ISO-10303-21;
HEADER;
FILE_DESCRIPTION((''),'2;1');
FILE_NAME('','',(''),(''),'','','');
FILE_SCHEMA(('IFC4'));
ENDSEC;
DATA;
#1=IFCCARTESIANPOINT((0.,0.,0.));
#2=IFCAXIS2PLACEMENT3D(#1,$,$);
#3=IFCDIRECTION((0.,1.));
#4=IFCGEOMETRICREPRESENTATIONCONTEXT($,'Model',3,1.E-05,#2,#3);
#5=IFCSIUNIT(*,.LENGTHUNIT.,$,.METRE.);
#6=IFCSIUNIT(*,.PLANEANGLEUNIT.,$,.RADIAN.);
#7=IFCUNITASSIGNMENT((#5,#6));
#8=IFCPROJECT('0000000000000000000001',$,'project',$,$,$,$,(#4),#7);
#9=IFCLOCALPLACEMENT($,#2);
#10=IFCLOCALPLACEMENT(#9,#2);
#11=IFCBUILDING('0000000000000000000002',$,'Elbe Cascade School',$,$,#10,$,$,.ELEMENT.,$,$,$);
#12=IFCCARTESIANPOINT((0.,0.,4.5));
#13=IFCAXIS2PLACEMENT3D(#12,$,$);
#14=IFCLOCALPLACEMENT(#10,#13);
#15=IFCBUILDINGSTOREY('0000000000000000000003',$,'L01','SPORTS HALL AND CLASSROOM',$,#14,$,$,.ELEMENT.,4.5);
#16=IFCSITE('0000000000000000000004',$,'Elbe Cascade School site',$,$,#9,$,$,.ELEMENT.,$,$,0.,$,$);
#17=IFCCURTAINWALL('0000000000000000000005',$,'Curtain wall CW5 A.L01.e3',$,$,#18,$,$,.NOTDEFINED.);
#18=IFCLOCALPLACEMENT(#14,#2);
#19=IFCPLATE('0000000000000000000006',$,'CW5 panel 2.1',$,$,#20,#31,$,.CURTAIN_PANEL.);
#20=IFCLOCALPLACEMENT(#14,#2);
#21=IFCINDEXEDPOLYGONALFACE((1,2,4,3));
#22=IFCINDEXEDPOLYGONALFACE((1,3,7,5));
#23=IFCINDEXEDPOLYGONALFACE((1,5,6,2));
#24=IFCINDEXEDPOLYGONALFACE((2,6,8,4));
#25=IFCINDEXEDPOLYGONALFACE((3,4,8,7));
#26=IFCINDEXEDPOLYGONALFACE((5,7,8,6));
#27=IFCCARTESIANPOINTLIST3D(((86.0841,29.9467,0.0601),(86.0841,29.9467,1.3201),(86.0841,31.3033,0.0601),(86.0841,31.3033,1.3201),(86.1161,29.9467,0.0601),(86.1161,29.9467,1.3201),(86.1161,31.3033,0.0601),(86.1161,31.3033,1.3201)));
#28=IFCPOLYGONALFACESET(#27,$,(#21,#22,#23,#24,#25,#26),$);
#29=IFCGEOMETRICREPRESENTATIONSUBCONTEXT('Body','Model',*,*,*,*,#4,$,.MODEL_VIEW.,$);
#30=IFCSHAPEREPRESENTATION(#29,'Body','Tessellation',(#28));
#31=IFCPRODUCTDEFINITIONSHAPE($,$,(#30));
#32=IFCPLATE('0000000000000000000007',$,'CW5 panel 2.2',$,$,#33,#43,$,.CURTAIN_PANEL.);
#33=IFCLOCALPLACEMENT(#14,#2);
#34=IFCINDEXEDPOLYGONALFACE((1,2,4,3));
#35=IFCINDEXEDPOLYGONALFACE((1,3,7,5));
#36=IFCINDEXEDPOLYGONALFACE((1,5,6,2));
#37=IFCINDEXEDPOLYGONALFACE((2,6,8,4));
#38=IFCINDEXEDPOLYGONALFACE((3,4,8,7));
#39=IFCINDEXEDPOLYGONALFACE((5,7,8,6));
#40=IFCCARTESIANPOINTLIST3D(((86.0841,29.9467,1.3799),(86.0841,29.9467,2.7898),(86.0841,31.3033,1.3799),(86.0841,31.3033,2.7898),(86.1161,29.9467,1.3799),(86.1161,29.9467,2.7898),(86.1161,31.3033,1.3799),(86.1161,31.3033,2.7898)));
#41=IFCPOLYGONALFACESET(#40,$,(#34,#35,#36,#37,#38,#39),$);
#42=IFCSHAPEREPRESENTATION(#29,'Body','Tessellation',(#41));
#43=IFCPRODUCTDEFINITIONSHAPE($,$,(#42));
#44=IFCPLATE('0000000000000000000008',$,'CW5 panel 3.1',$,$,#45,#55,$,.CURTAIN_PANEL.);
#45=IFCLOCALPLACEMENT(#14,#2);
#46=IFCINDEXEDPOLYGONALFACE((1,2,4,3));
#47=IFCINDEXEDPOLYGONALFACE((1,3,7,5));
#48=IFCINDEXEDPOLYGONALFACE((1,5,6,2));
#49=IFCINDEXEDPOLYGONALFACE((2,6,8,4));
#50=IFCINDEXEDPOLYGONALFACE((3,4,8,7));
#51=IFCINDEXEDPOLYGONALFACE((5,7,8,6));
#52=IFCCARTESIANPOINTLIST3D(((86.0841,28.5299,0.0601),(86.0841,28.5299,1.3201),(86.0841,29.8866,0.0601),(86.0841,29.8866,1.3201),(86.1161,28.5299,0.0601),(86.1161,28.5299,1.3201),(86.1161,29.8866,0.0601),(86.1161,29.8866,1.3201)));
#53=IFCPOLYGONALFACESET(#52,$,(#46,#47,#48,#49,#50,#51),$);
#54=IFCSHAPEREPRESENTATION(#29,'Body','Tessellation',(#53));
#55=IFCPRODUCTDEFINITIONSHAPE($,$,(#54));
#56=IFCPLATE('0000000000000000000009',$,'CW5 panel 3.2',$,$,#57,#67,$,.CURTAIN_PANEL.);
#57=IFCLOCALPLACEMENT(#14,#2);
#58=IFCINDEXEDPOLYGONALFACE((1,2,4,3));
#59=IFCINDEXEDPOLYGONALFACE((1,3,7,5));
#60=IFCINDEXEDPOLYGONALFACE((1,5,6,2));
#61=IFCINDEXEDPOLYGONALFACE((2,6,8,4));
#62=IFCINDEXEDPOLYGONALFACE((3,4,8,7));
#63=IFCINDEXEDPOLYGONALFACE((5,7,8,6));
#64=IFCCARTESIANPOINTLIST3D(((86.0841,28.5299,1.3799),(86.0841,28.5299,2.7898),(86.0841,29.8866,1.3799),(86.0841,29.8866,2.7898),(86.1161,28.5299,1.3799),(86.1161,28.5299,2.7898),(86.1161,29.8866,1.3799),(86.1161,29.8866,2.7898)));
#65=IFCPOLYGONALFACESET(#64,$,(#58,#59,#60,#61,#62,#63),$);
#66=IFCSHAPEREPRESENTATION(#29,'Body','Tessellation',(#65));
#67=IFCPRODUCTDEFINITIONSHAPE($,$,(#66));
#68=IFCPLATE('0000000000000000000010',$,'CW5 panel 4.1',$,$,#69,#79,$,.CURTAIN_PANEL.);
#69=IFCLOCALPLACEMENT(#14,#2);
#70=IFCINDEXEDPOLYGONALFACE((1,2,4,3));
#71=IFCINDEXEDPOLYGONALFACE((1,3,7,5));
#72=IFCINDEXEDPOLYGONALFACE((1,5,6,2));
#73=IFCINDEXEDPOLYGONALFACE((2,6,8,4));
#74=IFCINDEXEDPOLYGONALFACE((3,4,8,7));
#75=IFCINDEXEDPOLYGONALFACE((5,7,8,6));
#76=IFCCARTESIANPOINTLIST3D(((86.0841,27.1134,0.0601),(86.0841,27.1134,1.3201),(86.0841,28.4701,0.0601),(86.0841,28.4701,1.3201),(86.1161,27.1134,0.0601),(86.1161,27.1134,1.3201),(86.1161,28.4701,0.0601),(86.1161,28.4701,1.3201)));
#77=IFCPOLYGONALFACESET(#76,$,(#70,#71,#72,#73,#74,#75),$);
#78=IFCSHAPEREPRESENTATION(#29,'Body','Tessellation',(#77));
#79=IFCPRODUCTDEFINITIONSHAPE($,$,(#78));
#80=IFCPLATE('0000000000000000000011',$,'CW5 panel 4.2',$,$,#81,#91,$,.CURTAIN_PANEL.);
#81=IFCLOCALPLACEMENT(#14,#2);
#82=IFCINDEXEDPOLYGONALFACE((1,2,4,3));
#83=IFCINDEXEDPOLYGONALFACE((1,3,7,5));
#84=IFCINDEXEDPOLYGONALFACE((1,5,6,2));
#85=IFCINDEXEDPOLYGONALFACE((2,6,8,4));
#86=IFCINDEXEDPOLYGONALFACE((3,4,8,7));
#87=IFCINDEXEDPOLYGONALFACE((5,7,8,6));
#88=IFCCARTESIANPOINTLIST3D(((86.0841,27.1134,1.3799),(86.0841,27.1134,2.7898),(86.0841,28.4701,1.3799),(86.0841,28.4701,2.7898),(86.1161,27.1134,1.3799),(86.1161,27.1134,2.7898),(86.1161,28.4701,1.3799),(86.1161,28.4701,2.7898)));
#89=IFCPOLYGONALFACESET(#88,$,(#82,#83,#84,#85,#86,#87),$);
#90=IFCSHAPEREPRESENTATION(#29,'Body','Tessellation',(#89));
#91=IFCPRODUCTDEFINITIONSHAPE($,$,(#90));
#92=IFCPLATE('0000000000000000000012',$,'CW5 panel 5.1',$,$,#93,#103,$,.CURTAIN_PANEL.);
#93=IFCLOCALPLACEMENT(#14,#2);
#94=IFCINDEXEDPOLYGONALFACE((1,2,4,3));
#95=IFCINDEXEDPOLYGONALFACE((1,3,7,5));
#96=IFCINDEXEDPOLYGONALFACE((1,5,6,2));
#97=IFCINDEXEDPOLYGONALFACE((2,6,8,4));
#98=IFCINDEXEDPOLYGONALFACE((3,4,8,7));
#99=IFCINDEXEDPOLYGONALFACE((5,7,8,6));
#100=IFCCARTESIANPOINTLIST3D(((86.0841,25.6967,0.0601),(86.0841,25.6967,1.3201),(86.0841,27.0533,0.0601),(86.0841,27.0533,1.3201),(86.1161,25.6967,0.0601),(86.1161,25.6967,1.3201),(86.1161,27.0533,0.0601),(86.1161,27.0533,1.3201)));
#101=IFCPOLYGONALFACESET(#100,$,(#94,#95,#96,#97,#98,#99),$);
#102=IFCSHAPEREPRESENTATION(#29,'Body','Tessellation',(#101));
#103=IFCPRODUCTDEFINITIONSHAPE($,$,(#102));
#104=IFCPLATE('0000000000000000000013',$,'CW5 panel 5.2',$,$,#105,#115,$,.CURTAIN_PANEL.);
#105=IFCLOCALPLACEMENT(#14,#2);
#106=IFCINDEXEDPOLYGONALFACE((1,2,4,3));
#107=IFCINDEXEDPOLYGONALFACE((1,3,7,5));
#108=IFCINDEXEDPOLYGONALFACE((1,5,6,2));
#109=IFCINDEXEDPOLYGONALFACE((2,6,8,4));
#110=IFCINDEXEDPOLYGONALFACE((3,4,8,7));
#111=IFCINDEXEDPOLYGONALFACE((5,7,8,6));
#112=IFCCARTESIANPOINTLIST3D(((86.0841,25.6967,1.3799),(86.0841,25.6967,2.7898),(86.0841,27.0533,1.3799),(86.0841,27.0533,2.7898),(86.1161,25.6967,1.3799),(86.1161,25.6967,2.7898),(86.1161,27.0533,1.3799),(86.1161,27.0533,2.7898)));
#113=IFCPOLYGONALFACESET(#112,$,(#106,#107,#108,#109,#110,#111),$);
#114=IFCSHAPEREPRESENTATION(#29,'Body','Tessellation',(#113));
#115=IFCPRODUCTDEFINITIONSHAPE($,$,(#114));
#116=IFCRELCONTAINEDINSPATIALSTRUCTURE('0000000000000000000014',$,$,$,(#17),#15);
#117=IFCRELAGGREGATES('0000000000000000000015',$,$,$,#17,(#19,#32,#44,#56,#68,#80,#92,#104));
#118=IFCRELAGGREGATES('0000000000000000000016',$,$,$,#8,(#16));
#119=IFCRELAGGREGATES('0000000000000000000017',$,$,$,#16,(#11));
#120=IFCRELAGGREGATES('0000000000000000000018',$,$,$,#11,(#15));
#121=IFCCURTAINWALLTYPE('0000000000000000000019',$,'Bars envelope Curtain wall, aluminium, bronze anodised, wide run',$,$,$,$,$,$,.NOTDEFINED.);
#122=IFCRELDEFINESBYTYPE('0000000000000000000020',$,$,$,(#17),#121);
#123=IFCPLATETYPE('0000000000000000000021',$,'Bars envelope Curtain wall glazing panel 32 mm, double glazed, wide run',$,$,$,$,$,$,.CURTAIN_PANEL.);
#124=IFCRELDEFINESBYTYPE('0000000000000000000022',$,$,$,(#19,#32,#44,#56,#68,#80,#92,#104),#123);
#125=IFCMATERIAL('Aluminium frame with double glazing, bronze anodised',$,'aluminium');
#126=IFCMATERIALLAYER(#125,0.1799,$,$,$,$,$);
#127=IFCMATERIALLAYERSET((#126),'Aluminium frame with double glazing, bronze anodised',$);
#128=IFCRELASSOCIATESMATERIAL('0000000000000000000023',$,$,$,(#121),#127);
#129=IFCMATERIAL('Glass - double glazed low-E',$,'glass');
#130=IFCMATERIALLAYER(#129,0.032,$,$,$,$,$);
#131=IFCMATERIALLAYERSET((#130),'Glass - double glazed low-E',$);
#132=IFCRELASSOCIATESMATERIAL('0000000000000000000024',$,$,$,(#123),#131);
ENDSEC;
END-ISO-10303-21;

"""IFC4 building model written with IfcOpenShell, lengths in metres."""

from ifc_helpers import new_model, si_unit, direction, frame, origin, origin_2d, place, context, subcontext, project, spatial, rectangle, extrude, material, layer, layer_set, type_object, element, aggregate, save


model = new_model("IFC4")

# Units and contexts
model_context = context("Model", 3, precision=1e-05, world=origin(), true_north=direction((0.0, 1.0)))
body_context = subcontext(model_context, "Body", "Model", "MODEL_VIEW")
ifc_project = project(units=[si_unit("LENGTHUNIT", "METRE"), si_unit("PLANEANGLEUNIT", "RADIAN")], contexts=[model_context])

# Site, building, storey
site_placement = place(None, origin())
site = spatial("IfcSite", under=ifc_project, at=site_placement, Name="Elbe Cascade School site", CompositionType="ELEMENT", RefElevation=0.0)
building_placement = place(site_placement, origin())
building = spatial("IfcBuilding", under=site, at=building_placement, Name="Elbe Cascade School", CompositionType="ELEMENT")
storey_placement = place(building_placement, frame((0.0, 0.0, 4.5)))
storey = spatial("IfcBuildingStorey", under=building, at=storey_placement, Name="L01", Description="SPORTS HALL AND CLASSROOM", CompositionType="ELEMENT", Elevation=4.5)

# Curtain wall
ifc_material_1 = material(Name="Aluminium frame with double glazing, bronze anodised", Category="aluminium")
ifc_layer_1 = layer(ifc_material_1, 0.1799)
ifc_layer_set_1 = layer_set([ifc_layer_1], Name="Aluminium frame with double glazing, bronze anodised")
curtain_wall_type = type_object("IfcCurtainWallType", Name="Bars envelope Curtain wall, aluminium, bronze anodised, wide run", PredefinedType="NOTDEFINED", material=ifc_layer_set_1)
curtain_wall_placement = place(storey_placement, origin())
curtain_wall = element("IfcCurtainWall", 1, at=curtain_wall_placement, inside=storey, type_object=curtain_wall_type, Name="Curtain wall CW5 A.L01.e3", PredefinedType="NOTDEFINED")

# Plates
ifc_material_2 = material(Name="Glass - double glazed low-E", Category="glass")
ifc_layer_2 = layer(ifc_material_2, 0.032)
ifc_layer_set_2 = layer_set([ifc_layer_2], Name="Glass - double glazed low-E")
plate_type = type_object("IfcPlateType", Name="Bars envelope Curtain wall glazing panel 32 mm, double glazed, wide run", PredefinedType="CURTAIN_PANEL", material=ifc_layer_set_2)
plate_1_placement = place(storey_placement, frame((86.1001, 30.625, 0.0601), z_axis=(0.0, 0.0, 1.0), x_axis=(0.0, -1.0, 0.0)))
plate_1 = element("IfcPlate", 2, at=plate_1_placement, type_object=plate_type, Name="CW5 panel 2.1", PredefinedType="CURTAIN_PANEL", context=body_context, shape_type="SweptSolid", body=[
    extrude(rectangle(XDim=1.3567, YDim=0.032, at=origin_2d()), origin(), (0.0, 0.0, 1.0), 1.26),
])
plate_2_placement = place(storey_placement, frame((86.1001, 30.625, 1.3799), z_axis=(0.0, 0.0, 1.0), x_axis=(0.0, -1.0, 0.0)))
plate_2 = element("IfcPlate", 3, at=plate_2_placement, type_object=plate_type, Name="CW5 panel 2.2", PredefinedType="CURTAIN_PANEL", context=body_context, shape_type="SweptSolid", body=[
    extrude(rectangle(XDim=1.3567, YDim=0.032, at=origin_2d()), origin(), (0.0, 0.0, 1.0), 1.4099),
])
plate_3_placement = place(storey_placement, frame((86.1001, 29.2083, 0.0601), z_axis=(0.0, 0.0, 1.0), x_axis=(0.0, -1.0, 0.0)))
plate_3 = element("IfcPlate", 4, at=plate_3_placement, type_object=plate_type, Name="CW5 panel 3.1", PredefinedType="CURTAIN_PANEL", context=body_context, shape_type="SweptSolid", body=[
    extrude(rectangle(XDim=1.3567, YDim=0.032, at=origin_2d()), origin(), (0.0, 0.0, 1.0), 1.26),
])
plate_4_placement = place(storey_placement, frame((86.1001, 29.2083, 1.3799), z_axis=(0.0, 0.0, 1.0), x_axis=(0.0, -1.0, 0.0)))
plate_4 = element("IfcPlate", 5, at=plate_4_placement, type_object=plate_type, Name="CW5 panel 3.2", PredefinedType="CURTAIN_PANEL", context=body_context, shape_type="SweptSolid", body=[
    extrude(rectangle(XDim=1.3567, YDim=0.032, at=origin_2d()), origin(), (0.0, 0.0, 1.0), 1.4099),
])
plate_5_placement = place(storey_placement, frame((86.1001, 27.7917, 0.0601), z_axis=(0.0, 0.0, 1.0), x_axis=(0.0, -1.0, 0.0)))
plate_5 = element("IfcPlate", 6, at=plate_5_placement, type_object=plate_type, Name="CW5 panel 4.1", PredefinedType="CURTAIN_PANEL", context=body_context, shape_type="SweptSolid", body=[
    extrude(rectangle(XDim=1.3567, YDim=0.032, at=origin_2d()), origin(), (0.0, 0.0, 1.0), 1.26),
])
plate_6_placement = place(storey_placement, frame((86.1001, 27.7917, 1.3799), z_axis=(0.0, 0.0, 1.0), x_axis=(0.0, -1.0, 0.0)))
plate_6 = element("IfcPlate", 7, at=plate_6_placement, type_object=plate_type, Name="CW5 panel 4.2", PredefinedType="CURTAIN_PANEL", context=body_context, shape_type="SweptSolid", body=[
    extrude(rectangle(XDim=1.3567, YDim=0.032, at=origin_2d()), origin(), (0.0, 0.0, 1.0), 1.4099),
])
plate_7_placement = place(storey_placement, frame((86.1001, 26.375, 0.0601), z_axis=(0.0, 0.0, 1.0), x_axis=(0.0, -1.0, 0.0)))
plate_7 = element("IfcPlate", 8, at=plate_7_placement, type_object=plate_type, Name="CW5 panel 5.1", PredefinedType="CURTAIN_PANEL", context=body_context, shape_type="SweptSolid", body=[
    extrude(rectangle(XDim=1.3567, YDim=0.032, at=origin_2d()), origin(), (0.0, 0.0, 1.0), 1.26),
])
plate_8_placement = place(storey_placement, frame((86.1001, 26.375, 1.3799), z_axis=(0.0, 0.0, 1.0), x_axis=(0.0, -1.0, 0.0)))
plate_8 = element("IfcPlate", 9, at=plate_8_placement, type_object=plate_type, Name="CW5 panel 5.2", PredefinedType="CURTAIN_PANEL", context=body_context, shape_type="SweptSolid", body=[
    extrude(rectangle(XDim=1.3567, YDim=0.032, at=origin_2d()), origin(), (0.0, 0.0, 1.0), 1.4099),
])
aggregate(curtain_wall, [plate_1, plate_2, plate_3, plate_4, plate_5, plate_6, plate_7, plate_8])

save(model, "model.ifc")
